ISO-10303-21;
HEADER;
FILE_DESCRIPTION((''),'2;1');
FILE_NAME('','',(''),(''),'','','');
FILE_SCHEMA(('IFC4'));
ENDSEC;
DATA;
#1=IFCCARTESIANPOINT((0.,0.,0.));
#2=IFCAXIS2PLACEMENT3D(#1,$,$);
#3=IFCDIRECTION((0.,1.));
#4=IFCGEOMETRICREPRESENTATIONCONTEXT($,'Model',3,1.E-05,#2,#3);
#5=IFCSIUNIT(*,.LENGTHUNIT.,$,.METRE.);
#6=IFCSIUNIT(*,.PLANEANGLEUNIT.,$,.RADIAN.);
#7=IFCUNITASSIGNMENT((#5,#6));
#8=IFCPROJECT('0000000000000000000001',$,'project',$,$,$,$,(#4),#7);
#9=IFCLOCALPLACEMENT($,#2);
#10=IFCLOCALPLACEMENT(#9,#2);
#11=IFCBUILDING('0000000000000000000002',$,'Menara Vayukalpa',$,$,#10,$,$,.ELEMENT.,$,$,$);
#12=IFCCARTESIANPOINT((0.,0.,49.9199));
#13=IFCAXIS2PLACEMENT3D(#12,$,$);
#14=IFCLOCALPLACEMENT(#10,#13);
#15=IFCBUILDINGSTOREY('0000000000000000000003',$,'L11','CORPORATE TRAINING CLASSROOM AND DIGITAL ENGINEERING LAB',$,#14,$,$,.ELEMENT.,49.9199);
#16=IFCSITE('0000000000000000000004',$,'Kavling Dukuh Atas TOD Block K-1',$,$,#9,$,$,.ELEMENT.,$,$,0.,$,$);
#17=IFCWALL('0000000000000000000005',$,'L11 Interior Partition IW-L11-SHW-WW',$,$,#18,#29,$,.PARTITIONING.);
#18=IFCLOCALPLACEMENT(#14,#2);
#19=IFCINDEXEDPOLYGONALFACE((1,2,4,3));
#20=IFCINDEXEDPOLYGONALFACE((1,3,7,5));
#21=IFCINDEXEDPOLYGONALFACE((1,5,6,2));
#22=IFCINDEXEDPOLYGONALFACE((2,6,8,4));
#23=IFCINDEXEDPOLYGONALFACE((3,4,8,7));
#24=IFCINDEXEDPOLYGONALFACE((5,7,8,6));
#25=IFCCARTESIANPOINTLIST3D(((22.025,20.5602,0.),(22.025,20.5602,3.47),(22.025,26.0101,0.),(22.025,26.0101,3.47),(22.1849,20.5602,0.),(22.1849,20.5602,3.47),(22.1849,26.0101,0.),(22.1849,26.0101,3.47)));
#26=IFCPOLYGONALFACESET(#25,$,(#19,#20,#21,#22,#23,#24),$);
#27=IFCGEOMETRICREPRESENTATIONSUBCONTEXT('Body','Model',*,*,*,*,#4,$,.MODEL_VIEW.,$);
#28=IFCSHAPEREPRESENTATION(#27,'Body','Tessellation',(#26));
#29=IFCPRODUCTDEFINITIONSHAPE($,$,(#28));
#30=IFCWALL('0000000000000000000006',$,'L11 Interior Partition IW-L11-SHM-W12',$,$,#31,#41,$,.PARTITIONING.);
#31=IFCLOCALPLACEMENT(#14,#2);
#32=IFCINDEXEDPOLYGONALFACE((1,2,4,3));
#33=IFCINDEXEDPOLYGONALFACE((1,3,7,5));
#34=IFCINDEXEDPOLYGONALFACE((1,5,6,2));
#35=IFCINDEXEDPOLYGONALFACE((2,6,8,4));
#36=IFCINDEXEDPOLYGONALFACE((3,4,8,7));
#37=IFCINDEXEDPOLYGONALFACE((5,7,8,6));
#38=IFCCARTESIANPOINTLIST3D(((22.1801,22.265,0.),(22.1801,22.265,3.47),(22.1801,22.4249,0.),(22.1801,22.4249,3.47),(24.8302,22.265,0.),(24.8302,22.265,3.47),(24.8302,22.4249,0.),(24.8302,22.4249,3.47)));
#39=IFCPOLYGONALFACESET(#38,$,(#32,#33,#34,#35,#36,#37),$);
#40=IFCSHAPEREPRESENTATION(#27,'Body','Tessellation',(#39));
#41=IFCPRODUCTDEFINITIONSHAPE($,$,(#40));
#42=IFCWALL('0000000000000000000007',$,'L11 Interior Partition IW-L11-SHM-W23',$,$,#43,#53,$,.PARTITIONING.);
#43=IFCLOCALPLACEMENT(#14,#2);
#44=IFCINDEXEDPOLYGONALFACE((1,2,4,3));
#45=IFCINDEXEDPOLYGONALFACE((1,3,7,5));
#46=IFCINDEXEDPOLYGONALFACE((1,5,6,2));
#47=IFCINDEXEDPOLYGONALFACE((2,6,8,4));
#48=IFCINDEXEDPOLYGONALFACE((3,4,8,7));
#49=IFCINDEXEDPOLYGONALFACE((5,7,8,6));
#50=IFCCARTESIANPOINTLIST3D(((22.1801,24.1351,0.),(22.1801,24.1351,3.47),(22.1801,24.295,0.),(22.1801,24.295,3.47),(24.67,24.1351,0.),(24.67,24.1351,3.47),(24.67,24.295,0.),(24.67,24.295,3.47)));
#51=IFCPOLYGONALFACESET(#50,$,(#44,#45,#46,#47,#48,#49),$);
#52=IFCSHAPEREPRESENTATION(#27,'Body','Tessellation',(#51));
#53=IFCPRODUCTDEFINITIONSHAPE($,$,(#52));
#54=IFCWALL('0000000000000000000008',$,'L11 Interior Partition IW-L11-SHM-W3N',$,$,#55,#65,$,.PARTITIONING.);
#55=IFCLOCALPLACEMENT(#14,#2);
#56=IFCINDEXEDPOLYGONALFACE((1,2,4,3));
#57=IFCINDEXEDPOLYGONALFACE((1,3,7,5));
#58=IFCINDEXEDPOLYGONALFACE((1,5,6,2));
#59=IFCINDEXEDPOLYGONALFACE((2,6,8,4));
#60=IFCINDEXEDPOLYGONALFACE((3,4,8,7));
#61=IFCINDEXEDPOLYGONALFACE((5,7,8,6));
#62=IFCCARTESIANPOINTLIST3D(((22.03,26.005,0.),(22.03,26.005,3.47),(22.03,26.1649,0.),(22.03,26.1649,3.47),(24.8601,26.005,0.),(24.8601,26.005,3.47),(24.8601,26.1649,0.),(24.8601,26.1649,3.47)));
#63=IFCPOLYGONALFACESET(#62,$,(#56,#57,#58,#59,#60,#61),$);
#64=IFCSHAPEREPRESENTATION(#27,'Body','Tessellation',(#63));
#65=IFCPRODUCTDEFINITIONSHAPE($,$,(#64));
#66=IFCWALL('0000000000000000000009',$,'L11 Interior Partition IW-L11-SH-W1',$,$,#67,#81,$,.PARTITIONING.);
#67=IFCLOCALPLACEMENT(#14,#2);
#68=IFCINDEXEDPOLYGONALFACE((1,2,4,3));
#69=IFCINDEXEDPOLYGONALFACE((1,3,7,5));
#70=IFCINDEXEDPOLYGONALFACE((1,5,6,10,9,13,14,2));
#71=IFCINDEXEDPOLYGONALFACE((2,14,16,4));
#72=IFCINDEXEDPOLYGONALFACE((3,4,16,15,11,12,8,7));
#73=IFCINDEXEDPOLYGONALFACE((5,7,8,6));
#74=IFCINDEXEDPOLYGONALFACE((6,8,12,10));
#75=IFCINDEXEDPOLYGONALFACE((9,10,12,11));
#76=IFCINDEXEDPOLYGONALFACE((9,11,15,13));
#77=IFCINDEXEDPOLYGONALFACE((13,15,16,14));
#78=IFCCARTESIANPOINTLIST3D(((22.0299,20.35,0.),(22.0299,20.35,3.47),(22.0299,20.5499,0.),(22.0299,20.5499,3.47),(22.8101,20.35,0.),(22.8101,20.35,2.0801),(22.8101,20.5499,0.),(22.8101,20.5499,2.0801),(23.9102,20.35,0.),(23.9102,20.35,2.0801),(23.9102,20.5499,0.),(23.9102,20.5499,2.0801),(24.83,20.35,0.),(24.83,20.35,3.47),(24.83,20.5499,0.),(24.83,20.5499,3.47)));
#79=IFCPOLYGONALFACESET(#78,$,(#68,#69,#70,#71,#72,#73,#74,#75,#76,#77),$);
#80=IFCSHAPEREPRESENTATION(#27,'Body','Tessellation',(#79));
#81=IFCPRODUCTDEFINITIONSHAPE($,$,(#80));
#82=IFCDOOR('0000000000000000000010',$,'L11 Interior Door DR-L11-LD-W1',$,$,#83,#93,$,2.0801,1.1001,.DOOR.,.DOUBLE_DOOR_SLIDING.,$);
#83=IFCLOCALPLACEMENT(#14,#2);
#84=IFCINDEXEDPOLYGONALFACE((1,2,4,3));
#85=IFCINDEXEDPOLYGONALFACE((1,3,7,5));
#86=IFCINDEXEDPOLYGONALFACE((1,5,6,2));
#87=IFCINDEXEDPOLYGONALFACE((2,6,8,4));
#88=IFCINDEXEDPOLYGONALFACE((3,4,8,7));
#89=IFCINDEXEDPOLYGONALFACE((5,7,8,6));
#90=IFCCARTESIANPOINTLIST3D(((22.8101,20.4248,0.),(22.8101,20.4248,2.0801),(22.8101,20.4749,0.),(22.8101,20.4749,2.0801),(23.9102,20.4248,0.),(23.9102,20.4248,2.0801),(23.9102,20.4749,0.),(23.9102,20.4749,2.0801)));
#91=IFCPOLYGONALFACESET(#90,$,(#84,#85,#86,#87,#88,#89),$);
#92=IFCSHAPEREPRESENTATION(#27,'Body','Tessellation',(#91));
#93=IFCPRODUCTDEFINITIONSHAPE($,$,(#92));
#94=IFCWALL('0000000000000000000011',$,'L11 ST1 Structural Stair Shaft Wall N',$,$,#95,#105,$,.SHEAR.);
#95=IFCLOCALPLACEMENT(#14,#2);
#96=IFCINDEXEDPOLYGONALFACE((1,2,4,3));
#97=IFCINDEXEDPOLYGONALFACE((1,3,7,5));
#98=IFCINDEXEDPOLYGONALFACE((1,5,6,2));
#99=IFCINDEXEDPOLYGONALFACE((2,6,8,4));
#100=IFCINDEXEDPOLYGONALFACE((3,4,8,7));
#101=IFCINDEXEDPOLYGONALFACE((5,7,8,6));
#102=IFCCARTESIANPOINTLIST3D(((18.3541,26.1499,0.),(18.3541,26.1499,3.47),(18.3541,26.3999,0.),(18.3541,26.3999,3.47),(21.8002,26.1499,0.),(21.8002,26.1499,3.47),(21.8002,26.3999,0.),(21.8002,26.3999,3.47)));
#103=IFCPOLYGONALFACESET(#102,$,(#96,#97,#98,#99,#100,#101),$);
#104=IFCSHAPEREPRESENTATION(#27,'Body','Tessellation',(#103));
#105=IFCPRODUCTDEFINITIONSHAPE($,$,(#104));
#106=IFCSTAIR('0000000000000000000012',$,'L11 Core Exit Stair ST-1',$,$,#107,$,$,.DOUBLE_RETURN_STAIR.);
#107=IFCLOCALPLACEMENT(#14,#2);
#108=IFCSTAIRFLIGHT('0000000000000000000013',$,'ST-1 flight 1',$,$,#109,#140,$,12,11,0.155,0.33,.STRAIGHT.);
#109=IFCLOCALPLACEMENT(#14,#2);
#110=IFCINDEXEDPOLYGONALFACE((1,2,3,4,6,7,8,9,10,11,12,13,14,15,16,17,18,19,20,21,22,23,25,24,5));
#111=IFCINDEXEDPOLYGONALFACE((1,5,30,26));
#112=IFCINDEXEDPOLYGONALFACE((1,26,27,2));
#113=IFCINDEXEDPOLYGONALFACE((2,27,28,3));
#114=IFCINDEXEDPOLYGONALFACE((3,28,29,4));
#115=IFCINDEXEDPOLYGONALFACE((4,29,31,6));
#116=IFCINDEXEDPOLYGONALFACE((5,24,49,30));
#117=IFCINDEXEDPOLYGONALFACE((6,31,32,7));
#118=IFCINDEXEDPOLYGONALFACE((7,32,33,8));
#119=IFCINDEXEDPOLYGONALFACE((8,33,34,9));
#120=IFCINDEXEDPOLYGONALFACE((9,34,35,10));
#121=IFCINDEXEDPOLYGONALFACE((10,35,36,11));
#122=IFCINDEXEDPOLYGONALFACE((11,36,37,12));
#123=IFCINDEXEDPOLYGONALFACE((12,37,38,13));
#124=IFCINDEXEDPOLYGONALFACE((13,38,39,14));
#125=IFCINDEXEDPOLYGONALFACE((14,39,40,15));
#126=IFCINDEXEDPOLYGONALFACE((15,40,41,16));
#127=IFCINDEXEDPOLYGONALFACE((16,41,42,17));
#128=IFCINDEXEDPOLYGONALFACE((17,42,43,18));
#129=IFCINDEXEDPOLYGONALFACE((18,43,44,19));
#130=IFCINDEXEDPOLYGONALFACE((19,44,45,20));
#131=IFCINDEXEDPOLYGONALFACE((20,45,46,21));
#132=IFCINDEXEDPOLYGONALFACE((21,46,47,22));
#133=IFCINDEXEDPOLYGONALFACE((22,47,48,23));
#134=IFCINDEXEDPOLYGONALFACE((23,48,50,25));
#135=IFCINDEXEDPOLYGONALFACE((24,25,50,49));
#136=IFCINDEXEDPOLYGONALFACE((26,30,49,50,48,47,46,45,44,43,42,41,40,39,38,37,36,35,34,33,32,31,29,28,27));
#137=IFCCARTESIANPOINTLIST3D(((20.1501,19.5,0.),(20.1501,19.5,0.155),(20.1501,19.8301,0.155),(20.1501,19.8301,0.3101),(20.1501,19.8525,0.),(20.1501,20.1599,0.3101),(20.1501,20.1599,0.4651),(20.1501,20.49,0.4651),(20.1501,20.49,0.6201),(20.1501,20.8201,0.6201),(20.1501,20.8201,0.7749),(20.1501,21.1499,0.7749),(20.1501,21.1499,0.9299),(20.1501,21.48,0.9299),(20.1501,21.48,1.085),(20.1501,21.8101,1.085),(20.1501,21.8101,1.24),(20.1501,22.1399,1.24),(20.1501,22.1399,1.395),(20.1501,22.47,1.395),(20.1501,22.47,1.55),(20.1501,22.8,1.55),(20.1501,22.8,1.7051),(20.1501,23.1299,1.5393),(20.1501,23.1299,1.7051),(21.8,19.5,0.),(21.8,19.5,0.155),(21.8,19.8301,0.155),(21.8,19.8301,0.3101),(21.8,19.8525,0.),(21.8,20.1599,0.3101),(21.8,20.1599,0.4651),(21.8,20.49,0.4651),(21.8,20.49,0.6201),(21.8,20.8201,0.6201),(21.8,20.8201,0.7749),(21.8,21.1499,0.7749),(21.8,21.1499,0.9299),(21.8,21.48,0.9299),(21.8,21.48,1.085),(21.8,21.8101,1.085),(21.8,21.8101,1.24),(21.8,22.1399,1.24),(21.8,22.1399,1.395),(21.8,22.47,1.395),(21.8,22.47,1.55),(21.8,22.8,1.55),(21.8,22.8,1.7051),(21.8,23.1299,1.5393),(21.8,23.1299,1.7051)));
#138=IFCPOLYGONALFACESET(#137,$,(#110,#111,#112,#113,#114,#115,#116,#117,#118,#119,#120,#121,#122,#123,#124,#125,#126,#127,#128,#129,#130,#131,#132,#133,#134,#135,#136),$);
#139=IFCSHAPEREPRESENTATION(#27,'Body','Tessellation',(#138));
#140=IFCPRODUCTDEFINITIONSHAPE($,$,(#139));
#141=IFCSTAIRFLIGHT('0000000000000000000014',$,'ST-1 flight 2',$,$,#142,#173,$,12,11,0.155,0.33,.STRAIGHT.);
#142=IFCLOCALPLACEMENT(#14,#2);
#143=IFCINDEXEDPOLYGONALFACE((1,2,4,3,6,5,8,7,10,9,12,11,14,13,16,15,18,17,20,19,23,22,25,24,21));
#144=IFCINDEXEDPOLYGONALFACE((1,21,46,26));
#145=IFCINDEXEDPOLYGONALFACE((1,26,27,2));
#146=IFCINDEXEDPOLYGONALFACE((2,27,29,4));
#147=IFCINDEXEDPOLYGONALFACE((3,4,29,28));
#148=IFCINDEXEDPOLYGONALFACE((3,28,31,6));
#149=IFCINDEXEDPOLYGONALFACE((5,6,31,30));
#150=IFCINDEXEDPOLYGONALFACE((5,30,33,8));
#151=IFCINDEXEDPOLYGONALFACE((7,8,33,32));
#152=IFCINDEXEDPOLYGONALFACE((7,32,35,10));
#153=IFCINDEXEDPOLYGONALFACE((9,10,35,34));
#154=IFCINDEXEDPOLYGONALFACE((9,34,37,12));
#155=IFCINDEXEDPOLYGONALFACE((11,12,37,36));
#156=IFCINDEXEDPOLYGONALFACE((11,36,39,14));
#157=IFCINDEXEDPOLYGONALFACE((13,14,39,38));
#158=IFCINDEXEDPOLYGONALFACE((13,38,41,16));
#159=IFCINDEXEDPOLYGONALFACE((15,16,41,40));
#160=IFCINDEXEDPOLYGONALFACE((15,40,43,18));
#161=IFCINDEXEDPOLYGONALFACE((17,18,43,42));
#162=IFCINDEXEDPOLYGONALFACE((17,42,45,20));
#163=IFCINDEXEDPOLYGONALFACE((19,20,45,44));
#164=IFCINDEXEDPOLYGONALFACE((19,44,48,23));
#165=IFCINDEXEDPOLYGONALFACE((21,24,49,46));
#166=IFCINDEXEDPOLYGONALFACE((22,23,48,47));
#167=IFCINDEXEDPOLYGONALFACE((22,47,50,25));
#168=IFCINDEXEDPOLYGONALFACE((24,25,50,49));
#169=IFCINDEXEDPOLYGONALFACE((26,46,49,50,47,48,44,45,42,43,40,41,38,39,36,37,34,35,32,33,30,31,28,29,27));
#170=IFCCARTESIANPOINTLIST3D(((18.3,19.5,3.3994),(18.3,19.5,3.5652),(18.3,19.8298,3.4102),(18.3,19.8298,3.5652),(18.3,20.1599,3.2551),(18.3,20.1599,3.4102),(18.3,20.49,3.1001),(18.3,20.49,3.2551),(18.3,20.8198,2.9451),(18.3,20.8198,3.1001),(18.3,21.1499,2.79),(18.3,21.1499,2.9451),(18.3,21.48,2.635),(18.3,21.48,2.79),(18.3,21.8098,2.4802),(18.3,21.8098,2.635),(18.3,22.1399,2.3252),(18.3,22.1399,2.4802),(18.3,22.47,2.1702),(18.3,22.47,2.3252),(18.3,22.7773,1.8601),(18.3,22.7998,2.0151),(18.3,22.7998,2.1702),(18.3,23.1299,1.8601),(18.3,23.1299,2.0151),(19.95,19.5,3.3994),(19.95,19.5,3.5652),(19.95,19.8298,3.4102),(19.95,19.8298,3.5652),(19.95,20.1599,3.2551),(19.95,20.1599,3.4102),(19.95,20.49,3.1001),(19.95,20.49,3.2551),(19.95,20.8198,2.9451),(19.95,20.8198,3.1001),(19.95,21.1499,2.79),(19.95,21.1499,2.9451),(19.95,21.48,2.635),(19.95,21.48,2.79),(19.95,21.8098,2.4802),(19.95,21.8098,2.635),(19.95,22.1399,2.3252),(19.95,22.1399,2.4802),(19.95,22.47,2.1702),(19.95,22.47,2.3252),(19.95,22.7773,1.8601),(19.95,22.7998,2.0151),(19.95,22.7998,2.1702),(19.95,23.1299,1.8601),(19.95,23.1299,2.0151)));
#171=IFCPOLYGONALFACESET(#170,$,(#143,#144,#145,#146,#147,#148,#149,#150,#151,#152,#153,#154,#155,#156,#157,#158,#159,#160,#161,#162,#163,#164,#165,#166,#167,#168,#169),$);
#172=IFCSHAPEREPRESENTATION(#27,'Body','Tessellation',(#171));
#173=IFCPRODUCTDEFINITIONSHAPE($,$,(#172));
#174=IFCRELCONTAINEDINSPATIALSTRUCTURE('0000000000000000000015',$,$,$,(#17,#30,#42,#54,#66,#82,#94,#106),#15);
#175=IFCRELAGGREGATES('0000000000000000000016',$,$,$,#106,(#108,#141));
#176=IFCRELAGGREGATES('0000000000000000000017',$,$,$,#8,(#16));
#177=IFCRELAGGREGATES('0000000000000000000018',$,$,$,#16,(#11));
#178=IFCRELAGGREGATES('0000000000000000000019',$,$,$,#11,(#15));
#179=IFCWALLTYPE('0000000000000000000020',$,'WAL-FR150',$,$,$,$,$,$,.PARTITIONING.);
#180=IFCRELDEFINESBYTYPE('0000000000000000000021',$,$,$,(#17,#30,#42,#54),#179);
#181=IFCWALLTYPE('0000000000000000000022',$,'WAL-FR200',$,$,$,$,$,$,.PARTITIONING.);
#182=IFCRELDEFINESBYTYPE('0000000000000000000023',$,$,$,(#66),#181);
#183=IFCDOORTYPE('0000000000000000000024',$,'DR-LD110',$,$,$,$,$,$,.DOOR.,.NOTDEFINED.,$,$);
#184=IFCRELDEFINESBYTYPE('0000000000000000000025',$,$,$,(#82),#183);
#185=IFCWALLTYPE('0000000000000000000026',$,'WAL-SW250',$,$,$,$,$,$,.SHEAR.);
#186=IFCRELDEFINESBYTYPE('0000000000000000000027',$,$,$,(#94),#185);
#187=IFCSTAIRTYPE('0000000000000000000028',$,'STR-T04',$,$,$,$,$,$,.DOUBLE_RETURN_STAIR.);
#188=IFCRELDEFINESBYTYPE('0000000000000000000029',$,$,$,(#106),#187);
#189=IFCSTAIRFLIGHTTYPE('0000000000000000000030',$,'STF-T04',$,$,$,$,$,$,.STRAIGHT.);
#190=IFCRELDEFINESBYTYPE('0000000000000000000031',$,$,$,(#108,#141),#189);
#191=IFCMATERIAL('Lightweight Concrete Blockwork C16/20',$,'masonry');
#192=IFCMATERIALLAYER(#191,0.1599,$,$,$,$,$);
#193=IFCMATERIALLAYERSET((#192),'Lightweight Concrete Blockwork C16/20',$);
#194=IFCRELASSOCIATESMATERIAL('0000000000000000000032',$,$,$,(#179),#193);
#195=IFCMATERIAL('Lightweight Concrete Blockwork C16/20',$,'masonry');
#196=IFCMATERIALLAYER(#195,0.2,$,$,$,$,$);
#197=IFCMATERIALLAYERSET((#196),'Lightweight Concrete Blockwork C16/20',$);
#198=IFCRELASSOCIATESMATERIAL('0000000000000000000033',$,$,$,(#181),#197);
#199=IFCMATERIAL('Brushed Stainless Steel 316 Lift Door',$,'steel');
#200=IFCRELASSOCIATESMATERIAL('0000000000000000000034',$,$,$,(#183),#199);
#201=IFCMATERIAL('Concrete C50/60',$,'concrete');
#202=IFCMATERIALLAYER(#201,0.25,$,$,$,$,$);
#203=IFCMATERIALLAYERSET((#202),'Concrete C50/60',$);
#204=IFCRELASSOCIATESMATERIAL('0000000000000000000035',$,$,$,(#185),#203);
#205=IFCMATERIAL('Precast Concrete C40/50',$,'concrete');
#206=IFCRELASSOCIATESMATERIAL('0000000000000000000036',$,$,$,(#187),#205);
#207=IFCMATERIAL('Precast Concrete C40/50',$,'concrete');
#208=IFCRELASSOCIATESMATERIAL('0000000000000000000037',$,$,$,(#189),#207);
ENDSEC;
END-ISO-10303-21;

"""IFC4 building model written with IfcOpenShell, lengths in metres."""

from ifc_helpers import new_model, si_unit, direction, frame, frame_2d, origin, place, context, subcontext, project, spatial, polyline, rectangle, outline, extrude, material, layer, layer_set, type_object, element, fill, aggregate, save


model = new_model("IFC4")

# Units and contexts
model_context = context("Model", 3, precision=1e-05, world=origin(), true_north=direction((0.0, 1.0)))
body_context = subcontext(model_context, "Body", "Model", "MODEL_VIEW")
ifc_project = project(units=[si_unit("LENGTHUNIT", "METRE"), si_unit("PLANEANGLEUNIT", "RADIAN")], contexts=[model_context])

# Site, building, storey
site_placement = place(None, origin())
site = spatial("IfcSite", under=ifc_project, at=site_placement, Name="Kavling Dukuh Atas TOD Block K-1", CompositionType="ELEMENT", RefElevation=0.0)
building_placement = place(site_placement, origin())
building = spatial("IfcBuilding", under=site, at=building_placement, Name="Menara Vayukalpa", CompositionType="ELEMENT")
storey_placement = place(building_placement, frame((0.0, 0.0, 49.9199)))
storey = spatial("IfcBuildingStorey", under=building, at=storey_placement, Name="L11", Description="CORPORATE TRAINING CLASSROOM AND DIGITAL ENGINEERING LAB", CompositionType="ELEMENT", Elevation=49.9199)

# Walls
ifc_material_1 = material(Name="Lightweight Concrete Blockwork C16/20", Category="masonry")
ifc_layer_1 = layer(ifc_material_1, 0.1599)
ifc_layer_set_1 = layer_set([ifc_layer_1], Name="Lightweight Concrete Blockwork C16/20")
wall_type_1 = type_object("IfcWallType", Name="WAL-FR150", PredefinedType="PARTITIONING", material=ifc_layer_set_1)
wall_1_placement = place(storey_placement, frame((22.105, 20.5601, 0.0), z_axis=(0.0, 0.0, 1.0), x_axis=(0.0, 1.0, 0.0)))
element("IfcWall", 1, at=wall_1_placement, inside=storey, type_object=wall_type_1, Name="L11 Interior Partition IW-L11-SHW-WW", PredefinedType="PARTITIONING", context=body_context, shape_type="SweptSolid", body=[
    extrude(rectangle(XDim=5.45, YDim=0.1599, at=frame_2d((2.7251, 0.0))), origin(), (0.0, 0.0, 1.0), 3.47),
])
wall_2_placement = place(storey_placement, frame((22.1799, 22.345, 0.0), z_axis=(0.0, 0.0, 1.0), x_axis=(1.0, 0.0, 0.0)))
element("IfcWall", 2, at=wall_2_placement, inside=storey, type_object=wall_type_1, Name="L11 Interior Partition IW-L11-SHM-W12", PredefinedType="PARTITIONING", context=body_context, shape_type="SweptSolid", body=[
    extrude(rectangle(XDim=2.6501, YDim=0.1599, at=frame_2d((1.3252, 0.0))), origin(), (0.0, 0.0, 1.0), 3.47),
])
wall_3_placement = place(storey_placement, frame((22.1799, 24.2151, 0.0), z_axis=(0.0, 0.0, 1.0), x_axis=(1.0, 0.0, 0.0)))
element("IfcWall", 3, at=wall_3_placement, inside=storey, type_object=wall_type_1, Name="L11 Interior Partition IW-L11-SHM-W23", PredefinedType="PARTITIONING", context=body_context, shape_type="SweptSolid", body=[
    extrude(rectangle(XDim=2.49, YDim=0.1599, at=frame_2d((1.2451, 0.0))), origin(), (0.0, 0.0, 1.0), 3.47),
])
wall_4_placement = place(storey_placement, frame((22.03, 26.085, 0.0), z_axis=(0.0, 0.0, 1.0), x_axis=(1.0, 0.0, 0.0)))
element("IfcWall", 4, at=wall_4_placement, inside=storey, type_object=wall_type_1, Name="L11 Interior Partition IW-L11-SHM-W3N", PredefinedType="PARTITIONING", context=body_context, shape_type="SweptSolid", body=[
    extrude(rectangle(XDim=2.8301, YDim=0.1599, at=frame_2d((1.415, 0.0))), origin(), (0.0, 0.0, 1.0), 3.47),
])

# Wall, opening, door
ifc_material_2 = material(Name="Lightweight Concrete Blockwork C16/20", Category="masonry")
ifc_layer_2 = layer(ifc_material_2, 0.2)
ifc_layer_set_2 = layer_set([ifc_layer_2], Name="Lightweight Concrete Blockwork C16/20")
wall_type_2 = type_object("IfcWallType", Name="WAL-FR200", PredefinedType="PARTITIONING", material=ifc_layer_set_2)
wall_5_placement = place(storey_placement, frame((22.03, 20.45, 0.0), z_axis=(0.0, 0.0, 1.0), x_axis=(1.0, 0.0, 0.0)))
wall_5 = element("IfcWall", 5, at=wall_5_placement, inside=storey, type_object=wall_type_2, Name="L11 Interior Partition IW-L11-SH-W1", PredefinedType="PARTITIONING", context=body_context, shape_type="SweptSolid", body=[
    extrude(rectangle(XDim=2.8, YDim=0.2, at=frame_2d((1.3999, 0.0))), origin(), (0.0, 0.0, 1.0), 3.47),
])
opening_placement = place(wall_5_placement, frame((0.78, 0.0, 0.0)))
opening = element("IfcOpeningElement", 6, at=opening_placement, cuts=wall_5, PredefinedType="OPENING", context=body_context, shape_type="SweptSolid", body=[
    extrude(rectangle(XDim=1.1001, YDim=2.0801, at=frame_2d((0.55, 1.04))), frame((0.0, 0.1099, 0.0), z_axis=(0.0, -1.0, 0.0), x_axis=(1.0, 0.0, 0.0)), (0.0, 0.0, 1.0), 0.22),
])
ifc_material_3 = material(Name="Brushed Stainless Steel 316 Lift Door", Category="steel")
door_type = type_object("IfcDoorType", Name="DR-LD110", OperationType="NOTDEFINED", PredefinedType="DOOR", material=ifc_material_3)
door_placement = place(opening_placement, origin())
door = element("IfcDoor", 7, at=door_placement, inside=storey, type_object=door_type, Name="L11 Interior Door DR-L11-LD-W1", OperationType="DOUBLE_DOOR_SLIDING", OverallHeight=2.0801, OverallWidth=1.1001, PredefinedType="DOOR", context=body_context, shape_type="SweptSolid", body=[
    extrude(rectangle(XDim=1.1001, YDim=2.0801, at=frame_2d((0.55, 1.04))), frame((0.0, 0.0249, 0.0), z_axis=(0.0, -1.0, 0.0), x_axis=(1.0, 0.0, 0.0)), (0.0, 0.0, 1.0), 0.05),
])
fill(opening, door)

# Wall
ifc_material_4 = material(Name="Concrete C50/60", Category="concrete")
ifc_layer_3 = layer(ifc_material_4, 0.25)
ifc_layer_set_3 = layer_set([ifc_layer_3], Name="Concrete C50/60")
wall_type_3 = type_object("IfcWallType", Name="WAL-SW250", PredefinedType="SHEAR", material=ifc_layer_set_3)
wall_6_placement = place(storey_placement, frame((18.354, 26.2749, 0.0), z_axis=(0.0, 0.0, 1.0), x_axis=(1.0, 0.0, 0.0)))
element("IfcWall", 8, at=wall_6_placement, inside=storey, type_object=wall_type_3, Name="L11 ST1 Structural Stair Shaft Wall N", PredefinedType="SHEAR", context=body_context, shape_type="SweptSolid", body=[
    extrude(rectangle(XDim=3.446, YDim=0.25, at=frame_2d((1.7231, 0.0))), origin(), (0.0, 0.0, 1.0), 3.47),
])

# Stair, stair flights
ifc_material_5 = material(Name="Precast Concrete C40/50", Category="concrete")
stair_type = type_object("IfcStairType", Name="STR-T04", PredefinedType="DOUBLE_RETURN_STAIR", material=ifc_material_5)
stair_placement = place(storey_placement, origin())
stair = element("IfcStair", 9, at=stair_placement, inside=storey, type_object=stair_type, Name="L11 Core Exit Stair ST-1", PredefinedType="DOUBLE_RETURN_STAIR")
ifc_material_6 = material(Name="Precast Concrete C40/50", Category="concrete")
stair_flight_type = type_object("IfcStairFlightType", Name="STF-T04", PredefinedType="STRAIGHT", material=ifc_material_6)
stair_flight_1_placement = place(storey_placement, frame((20.9751, 19.5, 0.0), z_axis=(0.0, 0.0, 1.0), x_axis=(0.0, 1.0, 0.0)))
stair_flight_1 = element("IfcStairFlight", 10, at=stair_flight_1_placement, type_object=stair_flight_type, Name="ST-1 flight 1", NumberOfRisers=12, NumberOfTreads=11, PredefinedType="STRAIGHT", RiserHeight=0.155, TreadLength=0.33, context=body_context, shape_type="SweptSolid", body=[
    extrude(outline(polyline([(0.0, 0.0), (0.0, 0.155), (0.3301, 0.155), (0.3301, 0.3101), (0.6599, 0.3101), (0.6599, 0.4651), (0.99, 0.4651), (0.99, 0.6201), (1.3201, 0.6201), (1.3201, 0.7749), (1.6499, 0.7749), (1.6499, 0.9299), (1.98, 0.9299), (1.98, 1.085), (2.3101, 1.085), (2.3101, 1.24), (2.6399, 1.24), (2.6399, 1.395), (2.97, 1.395), (2.97, 1.55), (3.3, 1.55), (3.3, 1.7051), (3.6299, 1.7051), (3.6299, 1.8601), (3.6299, 1.5393), (0.3525, 0.0), (0.0, 0.0)])), frame((0.0, 0.825, 0.0), z_axis=(0.0, -1.0, 0.0), x_axis=(1.0, 0.0, 0.0)), (0.0, 0.0, 1.0), 1.6499),
])
stair_flight_2_placement = place(storey_placement, frame((19.125, 23.1299, 1.8601), z_axis=(0.0, 0.0, 1.0), x_axis=(0.0, -1.0, 0.0)))
stair_flight_2 = element("IfcStairFlight", 11, at=stair_flight_2_placement, type_object=stair_flight_type, Name="ST-1 flight 2", NumberOfRisers=12, NumberOfTreads=11, PredefinedType="STRAIGHT", RiserHeight=0.155, TreadLength=0.33, context=body_context, shape_type="SweptSolid", body=[
    extrude(outline(polyline([(0.0, 0.0), (0.0, 0.155), (0.3301, 0.155), (0.3301, 0.3101), (0.6599, 0.3101), (0.6599, 0.4651), (0.99, 0.4651), (0.99, 0.6201), (1.3201, 0.6201), (1.3201, 0.7749), (1.6499, 0.7749), (1.6499, 0.9299), (1.98, 0.9299), (1.98, 1.085), (2.3101, 1.085), (2.3101, 1.24), (2.6399, 1.24), (2.6399, 1.395), (2.97, 1.395), (2.97, 1.55), (3.3, 1.55), (3.3, 1.7051), (3.6299, 1.7051), (3.6299, 1.8601), (3.6299, 1.5393), (0.3525, 0.0), (0.0, 0.0)])), frame((0.0, 0.825, 0.0), z_axis=(0.0, -1.0, 0.0), x_axis=(1.0, 0.0, 0.0)), (0.0, 0.0, 1.0), 1.6499),
])
aggregate(stair, [stair_flight_1, stair_flight_2])

save(model, "model.ifc")
